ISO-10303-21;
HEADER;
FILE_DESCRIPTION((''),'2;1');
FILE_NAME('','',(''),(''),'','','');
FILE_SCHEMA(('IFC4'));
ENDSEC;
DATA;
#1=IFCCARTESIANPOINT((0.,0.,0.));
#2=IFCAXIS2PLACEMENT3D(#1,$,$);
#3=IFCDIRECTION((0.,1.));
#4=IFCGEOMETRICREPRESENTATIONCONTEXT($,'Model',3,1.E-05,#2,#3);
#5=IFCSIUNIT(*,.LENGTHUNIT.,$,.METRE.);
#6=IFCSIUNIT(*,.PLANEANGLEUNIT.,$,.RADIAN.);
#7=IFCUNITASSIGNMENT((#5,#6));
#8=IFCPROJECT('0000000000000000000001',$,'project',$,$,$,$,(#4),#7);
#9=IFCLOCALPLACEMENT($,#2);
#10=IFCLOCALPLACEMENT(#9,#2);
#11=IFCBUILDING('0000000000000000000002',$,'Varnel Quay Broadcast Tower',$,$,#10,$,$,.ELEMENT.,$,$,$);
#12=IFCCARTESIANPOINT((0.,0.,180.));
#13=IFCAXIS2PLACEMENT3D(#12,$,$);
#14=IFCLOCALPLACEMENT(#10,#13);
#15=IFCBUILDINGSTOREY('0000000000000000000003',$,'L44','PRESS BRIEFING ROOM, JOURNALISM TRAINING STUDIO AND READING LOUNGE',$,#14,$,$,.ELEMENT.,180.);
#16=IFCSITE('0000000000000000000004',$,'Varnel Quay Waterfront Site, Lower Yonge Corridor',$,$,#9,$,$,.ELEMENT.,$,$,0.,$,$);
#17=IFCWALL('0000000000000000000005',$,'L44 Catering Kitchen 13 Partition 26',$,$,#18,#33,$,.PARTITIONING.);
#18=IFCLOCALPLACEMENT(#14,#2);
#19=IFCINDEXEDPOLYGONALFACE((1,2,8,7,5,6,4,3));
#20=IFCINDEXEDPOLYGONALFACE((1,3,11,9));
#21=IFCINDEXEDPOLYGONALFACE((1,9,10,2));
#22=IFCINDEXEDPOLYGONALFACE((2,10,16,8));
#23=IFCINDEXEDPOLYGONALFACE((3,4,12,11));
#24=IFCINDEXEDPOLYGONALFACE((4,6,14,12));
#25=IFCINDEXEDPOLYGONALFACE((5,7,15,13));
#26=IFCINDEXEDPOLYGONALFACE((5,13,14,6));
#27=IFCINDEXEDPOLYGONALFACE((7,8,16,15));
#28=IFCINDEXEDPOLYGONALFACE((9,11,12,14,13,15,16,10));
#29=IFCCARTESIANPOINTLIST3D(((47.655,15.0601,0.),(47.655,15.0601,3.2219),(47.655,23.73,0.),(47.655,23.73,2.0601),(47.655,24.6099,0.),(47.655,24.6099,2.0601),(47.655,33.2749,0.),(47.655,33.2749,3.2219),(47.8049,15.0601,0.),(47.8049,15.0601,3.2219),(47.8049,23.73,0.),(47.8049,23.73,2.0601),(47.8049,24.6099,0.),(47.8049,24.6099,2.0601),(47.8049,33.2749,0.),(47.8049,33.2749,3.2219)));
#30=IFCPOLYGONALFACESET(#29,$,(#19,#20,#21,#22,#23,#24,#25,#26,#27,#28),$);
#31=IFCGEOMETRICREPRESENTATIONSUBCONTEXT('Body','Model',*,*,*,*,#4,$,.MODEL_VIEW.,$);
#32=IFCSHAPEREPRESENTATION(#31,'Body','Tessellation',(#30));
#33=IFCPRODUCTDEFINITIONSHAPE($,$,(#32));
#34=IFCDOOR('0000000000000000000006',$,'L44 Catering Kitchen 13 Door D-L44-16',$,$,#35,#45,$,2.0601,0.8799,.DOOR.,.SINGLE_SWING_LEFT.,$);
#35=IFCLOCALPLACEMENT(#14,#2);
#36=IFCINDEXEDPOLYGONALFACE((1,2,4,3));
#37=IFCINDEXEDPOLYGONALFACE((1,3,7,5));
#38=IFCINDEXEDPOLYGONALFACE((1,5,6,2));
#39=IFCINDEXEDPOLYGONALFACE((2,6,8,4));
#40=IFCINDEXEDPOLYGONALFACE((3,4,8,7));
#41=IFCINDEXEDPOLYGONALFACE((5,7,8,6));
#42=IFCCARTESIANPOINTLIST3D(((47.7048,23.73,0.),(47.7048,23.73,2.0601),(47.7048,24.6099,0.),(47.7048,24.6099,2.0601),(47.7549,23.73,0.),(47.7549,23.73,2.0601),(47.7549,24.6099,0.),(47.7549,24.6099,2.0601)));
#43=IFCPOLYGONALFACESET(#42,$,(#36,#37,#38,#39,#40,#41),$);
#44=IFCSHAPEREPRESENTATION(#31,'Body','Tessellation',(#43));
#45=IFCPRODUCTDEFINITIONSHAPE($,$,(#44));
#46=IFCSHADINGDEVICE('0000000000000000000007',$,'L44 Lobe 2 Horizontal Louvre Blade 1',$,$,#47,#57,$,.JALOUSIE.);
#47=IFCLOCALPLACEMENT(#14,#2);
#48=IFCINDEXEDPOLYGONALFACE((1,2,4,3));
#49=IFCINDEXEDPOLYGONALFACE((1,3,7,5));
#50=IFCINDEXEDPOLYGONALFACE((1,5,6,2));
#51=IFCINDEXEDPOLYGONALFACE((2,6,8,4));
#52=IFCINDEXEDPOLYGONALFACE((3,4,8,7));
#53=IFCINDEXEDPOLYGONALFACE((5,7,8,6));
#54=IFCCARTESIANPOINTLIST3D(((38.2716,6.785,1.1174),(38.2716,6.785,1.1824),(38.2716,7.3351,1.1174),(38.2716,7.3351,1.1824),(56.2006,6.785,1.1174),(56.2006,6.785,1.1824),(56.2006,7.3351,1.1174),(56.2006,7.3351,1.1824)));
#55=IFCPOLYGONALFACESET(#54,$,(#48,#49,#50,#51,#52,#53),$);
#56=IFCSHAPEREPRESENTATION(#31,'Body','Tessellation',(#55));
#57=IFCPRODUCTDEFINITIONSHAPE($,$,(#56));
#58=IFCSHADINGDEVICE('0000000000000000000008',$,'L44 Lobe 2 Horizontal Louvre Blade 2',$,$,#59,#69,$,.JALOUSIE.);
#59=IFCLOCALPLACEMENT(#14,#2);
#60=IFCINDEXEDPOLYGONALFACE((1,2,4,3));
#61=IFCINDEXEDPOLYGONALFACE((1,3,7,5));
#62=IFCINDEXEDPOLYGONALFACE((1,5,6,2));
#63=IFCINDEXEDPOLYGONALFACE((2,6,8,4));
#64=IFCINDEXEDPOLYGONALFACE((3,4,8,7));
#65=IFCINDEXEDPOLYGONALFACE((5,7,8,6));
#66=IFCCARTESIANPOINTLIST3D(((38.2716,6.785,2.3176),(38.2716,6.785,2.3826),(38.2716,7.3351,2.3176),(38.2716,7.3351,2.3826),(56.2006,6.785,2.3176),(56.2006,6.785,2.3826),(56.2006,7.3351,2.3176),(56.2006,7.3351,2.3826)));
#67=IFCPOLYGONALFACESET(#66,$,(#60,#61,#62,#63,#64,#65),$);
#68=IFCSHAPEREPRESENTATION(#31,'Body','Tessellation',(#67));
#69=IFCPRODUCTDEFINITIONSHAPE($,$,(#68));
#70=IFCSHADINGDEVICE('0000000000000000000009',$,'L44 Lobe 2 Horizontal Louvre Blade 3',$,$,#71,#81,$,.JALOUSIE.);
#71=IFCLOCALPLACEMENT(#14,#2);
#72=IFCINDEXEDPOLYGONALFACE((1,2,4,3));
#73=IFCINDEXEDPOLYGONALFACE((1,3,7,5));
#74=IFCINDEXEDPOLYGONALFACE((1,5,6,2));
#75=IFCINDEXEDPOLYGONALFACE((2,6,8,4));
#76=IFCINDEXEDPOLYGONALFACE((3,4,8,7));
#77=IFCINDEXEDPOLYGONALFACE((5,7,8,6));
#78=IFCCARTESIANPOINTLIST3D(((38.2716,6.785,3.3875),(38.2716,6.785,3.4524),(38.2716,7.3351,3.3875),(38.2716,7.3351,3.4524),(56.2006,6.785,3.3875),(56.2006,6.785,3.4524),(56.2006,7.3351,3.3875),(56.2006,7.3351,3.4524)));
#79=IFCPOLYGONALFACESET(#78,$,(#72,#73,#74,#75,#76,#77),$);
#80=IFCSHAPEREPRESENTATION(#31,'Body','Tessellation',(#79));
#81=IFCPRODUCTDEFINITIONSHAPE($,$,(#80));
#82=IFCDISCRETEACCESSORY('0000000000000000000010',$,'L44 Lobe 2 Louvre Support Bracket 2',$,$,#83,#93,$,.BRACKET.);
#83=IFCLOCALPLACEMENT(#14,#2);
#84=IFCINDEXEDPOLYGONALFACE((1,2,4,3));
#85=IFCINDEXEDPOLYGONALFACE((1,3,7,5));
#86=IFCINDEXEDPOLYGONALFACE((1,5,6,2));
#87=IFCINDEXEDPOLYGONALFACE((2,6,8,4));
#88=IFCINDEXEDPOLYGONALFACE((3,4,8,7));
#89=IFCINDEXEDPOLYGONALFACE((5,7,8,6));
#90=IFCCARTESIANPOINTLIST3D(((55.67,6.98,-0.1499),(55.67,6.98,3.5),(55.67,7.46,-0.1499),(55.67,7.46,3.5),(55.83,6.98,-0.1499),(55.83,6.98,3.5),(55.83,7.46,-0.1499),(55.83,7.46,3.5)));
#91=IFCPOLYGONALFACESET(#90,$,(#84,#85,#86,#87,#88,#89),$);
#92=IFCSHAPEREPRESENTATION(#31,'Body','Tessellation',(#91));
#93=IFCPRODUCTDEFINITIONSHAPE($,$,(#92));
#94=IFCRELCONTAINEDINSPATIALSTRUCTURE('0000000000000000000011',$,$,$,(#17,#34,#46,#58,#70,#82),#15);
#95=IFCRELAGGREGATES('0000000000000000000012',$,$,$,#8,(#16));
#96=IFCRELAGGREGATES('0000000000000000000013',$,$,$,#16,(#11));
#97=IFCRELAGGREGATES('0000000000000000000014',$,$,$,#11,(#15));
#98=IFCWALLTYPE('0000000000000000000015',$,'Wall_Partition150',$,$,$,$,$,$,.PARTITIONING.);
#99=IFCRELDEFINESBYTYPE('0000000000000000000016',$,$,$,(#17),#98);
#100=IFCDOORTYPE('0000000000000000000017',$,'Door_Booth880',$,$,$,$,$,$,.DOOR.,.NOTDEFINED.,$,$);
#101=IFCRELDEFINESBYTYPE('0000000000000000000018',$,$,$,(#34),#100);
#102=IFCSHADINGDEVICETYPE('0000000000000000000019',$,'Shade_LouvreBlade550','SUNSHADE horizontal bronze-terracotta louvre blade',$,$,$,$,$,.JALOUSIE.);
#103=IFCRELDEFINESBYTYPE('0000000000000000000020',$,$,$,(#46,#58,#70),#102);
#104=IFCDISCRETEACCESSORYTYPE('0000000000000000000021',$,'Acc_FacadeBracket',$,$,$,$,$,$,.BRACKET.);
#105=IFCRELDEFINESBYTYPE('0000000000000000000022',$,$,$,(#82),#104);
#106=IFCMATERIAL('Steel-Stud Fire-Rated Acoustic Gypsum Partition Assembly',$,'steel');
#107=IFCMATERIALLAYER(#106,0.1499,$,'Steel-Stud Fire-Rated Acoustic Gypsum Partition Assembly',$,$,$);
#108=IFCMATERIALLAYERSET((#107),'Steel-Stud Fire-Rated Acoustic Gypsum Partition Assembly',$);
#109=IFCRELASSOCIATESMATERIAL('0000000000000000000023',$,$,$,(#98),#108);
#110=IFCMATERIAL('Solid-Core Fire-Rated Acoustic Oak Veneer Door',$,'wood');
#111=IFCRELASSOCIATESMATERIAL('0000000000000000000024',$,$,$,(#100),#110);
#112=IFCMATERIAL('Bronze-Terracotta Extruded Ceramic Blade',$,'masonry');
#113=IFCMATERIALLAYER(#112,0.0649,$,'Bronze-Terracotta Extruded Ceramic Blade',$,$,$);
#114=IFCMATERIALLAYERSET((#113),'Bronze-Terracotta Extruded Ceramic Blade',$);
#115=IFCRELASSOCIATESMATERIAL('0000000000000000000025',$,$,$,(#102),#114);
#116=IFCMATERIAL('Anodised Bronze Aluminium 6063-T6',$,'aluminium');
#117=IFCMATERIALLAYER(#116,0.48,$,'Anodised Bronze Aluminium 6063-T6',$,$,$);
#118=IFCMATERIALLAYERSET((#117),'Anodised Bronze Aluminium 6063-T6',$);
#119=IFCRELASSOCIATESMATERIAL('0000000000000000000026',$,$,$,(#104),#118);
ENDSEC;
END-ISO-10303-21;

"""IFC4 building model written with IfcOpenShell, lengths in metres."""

from ifc_helpers import new_model, si_unit, direction, frame, frame_2d, origin, origin_2d, place, context, subcontext, project, spatial, rectangle, extrude, source, transform, mapped, material, layer, layer_set, type_object, type_shapes, element, fill, save


model = new_model("IFC4")

# Units and contexts
model_context = context("Model", 3, precision=1e-05, world=origin(), true_north=direction((0.0, 1.0)))
body_context = subcontext(model_context, "Body", "Model", "MODEL_VIEW")
ifc_project = project(units=[si_unit("LENGTHUNIT", "METRE"), si_unit("PLANEANGLEUNIT", "RADIAN")], contexts=[model_context])

# Site, building, storey
site_placement = place(None, origin())
site = spatial("IfcSite", under=ifc_project, at=site_placement, Name="Varnel Quay Waterfront Site, Lower Yonge Corridor", CompositionType="ELEMENT", RefElevation=0.0)
building_placement = place(site_placement, origin())
building = spatial("IfcBuilding", under=site, at=building_placement, Name="Varnel Quay Broadcast Tower", CompositionType="ELEMENT")
storey_placement = place(building_placement, frame((0.0, 0.0, 180.0)))
storey = spatial("IfcBuildingStorey", under=building, at=storey_placement, Name="L44", Description="PRESS BRIEFING ROOM, JOURNALISM TRAINING STUDIO AND READING LOUNGE", CompositionType="ELEMENT", Elevation=180.0)

# Shared definitions
ifc_material_1 = material(Name="Anodised Bronze Aluminium 6063-T6", Category="aluminium")

# Shared definitions
ifc_material_2 = material(Name="Steel-Stud Fire-Rated Acoustic Gypsum Partition Assembly", Category="steel")
ifc_layer_1 = layer(ifc_material_2, 0.1499, Name="Steel-Stud Fire-Rated Acoustic Gypsum Partition Assembly")
ifc_layer_set_1 = layer_set([ifc_layer_1], Name="Steel-Stud Fire-Rated Acoustic Gypsum Partition Assembly")
wall_type_1 = type_object("IfcWallType", Name="Wall_Partition150", PredefinedType="PARTITIONING", material=ifc_layer_set_1)

# Wall, opening, door
wall_1_placement = place(storey_placement, frame((47.73, 15.0601, 0.0), z_axis=(0.0, 0.0, 1.0), x_axis=(0.0, 1.0, 0.0)))
wall_1 = element("IfcWall", 1, at=wall_1_placement, inside=storey, type_object=wall_type_1, Name="L44 Catering Kitchen 13 Partition 26", PredefinedType="PARTITIONING", context=body_context, shape_type="SweptSolid", body=[
    extrude(rectangle(XDim=18.2148, YDim=0.1499, at=frame_2d((9.1074, 0.0))), origin(), (0.0, 0.0, 1.0), 3.2219),
])
opening_placement = place(wall_1_placement, frame((8.6699, 0.0, 0.0)))
opening = element("IfcOpeningElement", 2, at=opening_placement, cuts=wall_1, PredefinedType="OPENING", context=body_context, shape_type="SweptSolid", body=[
    extrude(rectangle(XDim=0.8799, YDim=2.0601, at=frame_2d((0.4399, 1.03))), frame((0.0, 0.085, 0.0), z_axis=(0.0, -1.0, 0.0), x_axis=(1.0, 0.0, 0.0)), (0.0, 0.0, 1.0), 0.1699),
])
ifc_material_3 = material(Name="Solid-Core Fire-Rated Acoustic Oak Veneer Door", Category="wood")
door_type = type_object("IfcDoorType", Name="Door_Booth880", OperationType="NOTDEFINED", PredefinedType="DOOR", material=ifc_material_3)
shared_shape_1 = source(origin(), body_context, "Body", "SweptSolid", [
    extrude(rectangle(XDim=0.8799, YDim=2.0601, at=frame_2d((0.4399, 1.03))), frame((0.0, 0.0249, 0.0), z_axis=(0.0, -1.0, 0.0), x_axis=(1.0, 0.0, 0.0)), (0.0, 0.0, 1.0), 0.05),
])
type_shapes(door_type, [shared_shape_1])
door_placement = place(opening_placement, frame((0.8799, 0.0, 0.0), z_axis=(0.0, 0.0, 1.0), x_axis=(-1.0, 0.0, 0.0)))
door = element("IfcDoor", 3, at=door_placement, inside=storey, type_object=door_type, Name="L44 Catering Kitchen 13 Door D-L44-16", OperationType="SINGLE_SWING_LEFT", OverallHeight=2.0601, OverallWidth=0.8799, PredefinedType="DOOR", context=body_context, shape_type="MappedRepresentation", body=[
    mapped(shared_shape_1, transform((0.0, 0.0, 0.0), x_axis=(1.0, 0.0, 0.0), y_axis=(0.0, 1.0, 0.0), z_axis=(0.0, 0.0, 1.0), scale=1.0)),
])
fill(opening, door)

# Shading devices
ifc_material_4 = material(Name="Bronze-Terracotta Extruded Ceramic Blade", Category="masonry")
ifc_layer_2 = layer(ifc_material_4, 0.0649, Name="Bronze-Terracotta Extruded Ceramic Blade")
ifc_layer_set_2 = layer_set([ifc_layer_2], Name="Bronze-Terracotta Extruded Ceramic Blade")
shading_device_type = type_object("IfcShadingDeviceType", Name="Shade_LouvreBlade550", Description="SUNSHADE horizontal bronze-terracotta louvre blade", PredefinedType="JALOUSIE", material=ifc_layer_set_2)
shared_shape_2 = source(origin(), body_context, "Body", "SweptSolid", [
    extrude(rectangle(XDim=17.929, YDim=0.55, at=origin_2d()), origin(), (0.0, 0.0, 1.0), 0.0649),
])
type_shapes(shading_device_type, [shared_shape_2])
for number, where, z_axis, x_axis, name in (
    (4, (47.2361, 7.0601, 1.1174), (0.0, 0.0, 1.0), (1.0, 0.0, 0.0), "L44 Lobe 2 Horizontal Louvre Blade 1"),
    (5, (47.2361, 7.0601, 2.3176), (0.0, 0.0, 1.0), (1.0, 0.0, 0.0), "L44 Lobe 2 Horizontal Louvre Blade 2"),
    (6, (47.2361, 7.0601, 3.3875), (0.0, 0.0, 1.0), (1.0, 0.0, 0.0), "L44 Lobe 2 Horizontal Louvre Blade 3"),
):
    element("IfcShadingDevice", number, at=place(storey_placement, frame(where, z_axis=z_axis, x_axis=x_axis)), inside=storey, type_object=shading_device_type, Name=name, PredefinedType="JALOUSIE", context=body_context, shape_type="MappedRepresentation", body=[
        mapped(shared_shape_2, transform((0.0, 0.0, 0.0), x_axis=(1.0, 0.0, 0.0), y_axis=(0.0, 1.0, 0.0), z_axis=(0.0, 0.0, 1.0), scale=1.0)),
    ])

# Discrete accessory
ifc_layer_3 = layer(ifc_material_1, 0.48, Name="Anodised Bronze Aluminium 6063-T6")
ifc_layer_set_3 = layer_set([ifc_layer_3], Name="Anodised Bronze Aluminium 6063-T6")
discrete_accessory_type = type_object("IfcDiscreteAccessoryType", Name="Acc_FacadeBracket", PredefinedType="BRACKET", material=ifc_layer_set_3)
shared_shape_3 = source(origin(), body_context, "Body", "SweptSolid", [
    extrude(rectangle(XDim=0.1599, YDim=0.48, at=origin_2d()), origin(), (0.0, 0.0, 1.0), 3.6499),
])
type_shapes(discrete_accessory_type, [shared_shape_3])
discrete_accessory_placement = place(storey_placement, frame((55.75, 7.22, -0.1499), z_axis=(0.0, 0.0, 1.0), x_axis=(1.0, 0.0, 0.0)))
element("IfcDiscreteAccessory", 7, at=discrete_accessory_placement, inside=storey, type_object=discrete_accessory_type, Name="L44 Lobe 2 Louvre Support Bracket 2", PredefinedType="BRACKET", context=body_context, shape_type="MappedRepresentation", body=[
    mapped(shared_shape_3, transform((0.0, 0.0, 0.0), x_axis=(1.0, 0.0, 0.0), y_axis=(0.0, 1.0, 0.0), z_axis=(0.0, 0.0, 1.0), scale=1.0)),
])

save(model, "model.ifc")
